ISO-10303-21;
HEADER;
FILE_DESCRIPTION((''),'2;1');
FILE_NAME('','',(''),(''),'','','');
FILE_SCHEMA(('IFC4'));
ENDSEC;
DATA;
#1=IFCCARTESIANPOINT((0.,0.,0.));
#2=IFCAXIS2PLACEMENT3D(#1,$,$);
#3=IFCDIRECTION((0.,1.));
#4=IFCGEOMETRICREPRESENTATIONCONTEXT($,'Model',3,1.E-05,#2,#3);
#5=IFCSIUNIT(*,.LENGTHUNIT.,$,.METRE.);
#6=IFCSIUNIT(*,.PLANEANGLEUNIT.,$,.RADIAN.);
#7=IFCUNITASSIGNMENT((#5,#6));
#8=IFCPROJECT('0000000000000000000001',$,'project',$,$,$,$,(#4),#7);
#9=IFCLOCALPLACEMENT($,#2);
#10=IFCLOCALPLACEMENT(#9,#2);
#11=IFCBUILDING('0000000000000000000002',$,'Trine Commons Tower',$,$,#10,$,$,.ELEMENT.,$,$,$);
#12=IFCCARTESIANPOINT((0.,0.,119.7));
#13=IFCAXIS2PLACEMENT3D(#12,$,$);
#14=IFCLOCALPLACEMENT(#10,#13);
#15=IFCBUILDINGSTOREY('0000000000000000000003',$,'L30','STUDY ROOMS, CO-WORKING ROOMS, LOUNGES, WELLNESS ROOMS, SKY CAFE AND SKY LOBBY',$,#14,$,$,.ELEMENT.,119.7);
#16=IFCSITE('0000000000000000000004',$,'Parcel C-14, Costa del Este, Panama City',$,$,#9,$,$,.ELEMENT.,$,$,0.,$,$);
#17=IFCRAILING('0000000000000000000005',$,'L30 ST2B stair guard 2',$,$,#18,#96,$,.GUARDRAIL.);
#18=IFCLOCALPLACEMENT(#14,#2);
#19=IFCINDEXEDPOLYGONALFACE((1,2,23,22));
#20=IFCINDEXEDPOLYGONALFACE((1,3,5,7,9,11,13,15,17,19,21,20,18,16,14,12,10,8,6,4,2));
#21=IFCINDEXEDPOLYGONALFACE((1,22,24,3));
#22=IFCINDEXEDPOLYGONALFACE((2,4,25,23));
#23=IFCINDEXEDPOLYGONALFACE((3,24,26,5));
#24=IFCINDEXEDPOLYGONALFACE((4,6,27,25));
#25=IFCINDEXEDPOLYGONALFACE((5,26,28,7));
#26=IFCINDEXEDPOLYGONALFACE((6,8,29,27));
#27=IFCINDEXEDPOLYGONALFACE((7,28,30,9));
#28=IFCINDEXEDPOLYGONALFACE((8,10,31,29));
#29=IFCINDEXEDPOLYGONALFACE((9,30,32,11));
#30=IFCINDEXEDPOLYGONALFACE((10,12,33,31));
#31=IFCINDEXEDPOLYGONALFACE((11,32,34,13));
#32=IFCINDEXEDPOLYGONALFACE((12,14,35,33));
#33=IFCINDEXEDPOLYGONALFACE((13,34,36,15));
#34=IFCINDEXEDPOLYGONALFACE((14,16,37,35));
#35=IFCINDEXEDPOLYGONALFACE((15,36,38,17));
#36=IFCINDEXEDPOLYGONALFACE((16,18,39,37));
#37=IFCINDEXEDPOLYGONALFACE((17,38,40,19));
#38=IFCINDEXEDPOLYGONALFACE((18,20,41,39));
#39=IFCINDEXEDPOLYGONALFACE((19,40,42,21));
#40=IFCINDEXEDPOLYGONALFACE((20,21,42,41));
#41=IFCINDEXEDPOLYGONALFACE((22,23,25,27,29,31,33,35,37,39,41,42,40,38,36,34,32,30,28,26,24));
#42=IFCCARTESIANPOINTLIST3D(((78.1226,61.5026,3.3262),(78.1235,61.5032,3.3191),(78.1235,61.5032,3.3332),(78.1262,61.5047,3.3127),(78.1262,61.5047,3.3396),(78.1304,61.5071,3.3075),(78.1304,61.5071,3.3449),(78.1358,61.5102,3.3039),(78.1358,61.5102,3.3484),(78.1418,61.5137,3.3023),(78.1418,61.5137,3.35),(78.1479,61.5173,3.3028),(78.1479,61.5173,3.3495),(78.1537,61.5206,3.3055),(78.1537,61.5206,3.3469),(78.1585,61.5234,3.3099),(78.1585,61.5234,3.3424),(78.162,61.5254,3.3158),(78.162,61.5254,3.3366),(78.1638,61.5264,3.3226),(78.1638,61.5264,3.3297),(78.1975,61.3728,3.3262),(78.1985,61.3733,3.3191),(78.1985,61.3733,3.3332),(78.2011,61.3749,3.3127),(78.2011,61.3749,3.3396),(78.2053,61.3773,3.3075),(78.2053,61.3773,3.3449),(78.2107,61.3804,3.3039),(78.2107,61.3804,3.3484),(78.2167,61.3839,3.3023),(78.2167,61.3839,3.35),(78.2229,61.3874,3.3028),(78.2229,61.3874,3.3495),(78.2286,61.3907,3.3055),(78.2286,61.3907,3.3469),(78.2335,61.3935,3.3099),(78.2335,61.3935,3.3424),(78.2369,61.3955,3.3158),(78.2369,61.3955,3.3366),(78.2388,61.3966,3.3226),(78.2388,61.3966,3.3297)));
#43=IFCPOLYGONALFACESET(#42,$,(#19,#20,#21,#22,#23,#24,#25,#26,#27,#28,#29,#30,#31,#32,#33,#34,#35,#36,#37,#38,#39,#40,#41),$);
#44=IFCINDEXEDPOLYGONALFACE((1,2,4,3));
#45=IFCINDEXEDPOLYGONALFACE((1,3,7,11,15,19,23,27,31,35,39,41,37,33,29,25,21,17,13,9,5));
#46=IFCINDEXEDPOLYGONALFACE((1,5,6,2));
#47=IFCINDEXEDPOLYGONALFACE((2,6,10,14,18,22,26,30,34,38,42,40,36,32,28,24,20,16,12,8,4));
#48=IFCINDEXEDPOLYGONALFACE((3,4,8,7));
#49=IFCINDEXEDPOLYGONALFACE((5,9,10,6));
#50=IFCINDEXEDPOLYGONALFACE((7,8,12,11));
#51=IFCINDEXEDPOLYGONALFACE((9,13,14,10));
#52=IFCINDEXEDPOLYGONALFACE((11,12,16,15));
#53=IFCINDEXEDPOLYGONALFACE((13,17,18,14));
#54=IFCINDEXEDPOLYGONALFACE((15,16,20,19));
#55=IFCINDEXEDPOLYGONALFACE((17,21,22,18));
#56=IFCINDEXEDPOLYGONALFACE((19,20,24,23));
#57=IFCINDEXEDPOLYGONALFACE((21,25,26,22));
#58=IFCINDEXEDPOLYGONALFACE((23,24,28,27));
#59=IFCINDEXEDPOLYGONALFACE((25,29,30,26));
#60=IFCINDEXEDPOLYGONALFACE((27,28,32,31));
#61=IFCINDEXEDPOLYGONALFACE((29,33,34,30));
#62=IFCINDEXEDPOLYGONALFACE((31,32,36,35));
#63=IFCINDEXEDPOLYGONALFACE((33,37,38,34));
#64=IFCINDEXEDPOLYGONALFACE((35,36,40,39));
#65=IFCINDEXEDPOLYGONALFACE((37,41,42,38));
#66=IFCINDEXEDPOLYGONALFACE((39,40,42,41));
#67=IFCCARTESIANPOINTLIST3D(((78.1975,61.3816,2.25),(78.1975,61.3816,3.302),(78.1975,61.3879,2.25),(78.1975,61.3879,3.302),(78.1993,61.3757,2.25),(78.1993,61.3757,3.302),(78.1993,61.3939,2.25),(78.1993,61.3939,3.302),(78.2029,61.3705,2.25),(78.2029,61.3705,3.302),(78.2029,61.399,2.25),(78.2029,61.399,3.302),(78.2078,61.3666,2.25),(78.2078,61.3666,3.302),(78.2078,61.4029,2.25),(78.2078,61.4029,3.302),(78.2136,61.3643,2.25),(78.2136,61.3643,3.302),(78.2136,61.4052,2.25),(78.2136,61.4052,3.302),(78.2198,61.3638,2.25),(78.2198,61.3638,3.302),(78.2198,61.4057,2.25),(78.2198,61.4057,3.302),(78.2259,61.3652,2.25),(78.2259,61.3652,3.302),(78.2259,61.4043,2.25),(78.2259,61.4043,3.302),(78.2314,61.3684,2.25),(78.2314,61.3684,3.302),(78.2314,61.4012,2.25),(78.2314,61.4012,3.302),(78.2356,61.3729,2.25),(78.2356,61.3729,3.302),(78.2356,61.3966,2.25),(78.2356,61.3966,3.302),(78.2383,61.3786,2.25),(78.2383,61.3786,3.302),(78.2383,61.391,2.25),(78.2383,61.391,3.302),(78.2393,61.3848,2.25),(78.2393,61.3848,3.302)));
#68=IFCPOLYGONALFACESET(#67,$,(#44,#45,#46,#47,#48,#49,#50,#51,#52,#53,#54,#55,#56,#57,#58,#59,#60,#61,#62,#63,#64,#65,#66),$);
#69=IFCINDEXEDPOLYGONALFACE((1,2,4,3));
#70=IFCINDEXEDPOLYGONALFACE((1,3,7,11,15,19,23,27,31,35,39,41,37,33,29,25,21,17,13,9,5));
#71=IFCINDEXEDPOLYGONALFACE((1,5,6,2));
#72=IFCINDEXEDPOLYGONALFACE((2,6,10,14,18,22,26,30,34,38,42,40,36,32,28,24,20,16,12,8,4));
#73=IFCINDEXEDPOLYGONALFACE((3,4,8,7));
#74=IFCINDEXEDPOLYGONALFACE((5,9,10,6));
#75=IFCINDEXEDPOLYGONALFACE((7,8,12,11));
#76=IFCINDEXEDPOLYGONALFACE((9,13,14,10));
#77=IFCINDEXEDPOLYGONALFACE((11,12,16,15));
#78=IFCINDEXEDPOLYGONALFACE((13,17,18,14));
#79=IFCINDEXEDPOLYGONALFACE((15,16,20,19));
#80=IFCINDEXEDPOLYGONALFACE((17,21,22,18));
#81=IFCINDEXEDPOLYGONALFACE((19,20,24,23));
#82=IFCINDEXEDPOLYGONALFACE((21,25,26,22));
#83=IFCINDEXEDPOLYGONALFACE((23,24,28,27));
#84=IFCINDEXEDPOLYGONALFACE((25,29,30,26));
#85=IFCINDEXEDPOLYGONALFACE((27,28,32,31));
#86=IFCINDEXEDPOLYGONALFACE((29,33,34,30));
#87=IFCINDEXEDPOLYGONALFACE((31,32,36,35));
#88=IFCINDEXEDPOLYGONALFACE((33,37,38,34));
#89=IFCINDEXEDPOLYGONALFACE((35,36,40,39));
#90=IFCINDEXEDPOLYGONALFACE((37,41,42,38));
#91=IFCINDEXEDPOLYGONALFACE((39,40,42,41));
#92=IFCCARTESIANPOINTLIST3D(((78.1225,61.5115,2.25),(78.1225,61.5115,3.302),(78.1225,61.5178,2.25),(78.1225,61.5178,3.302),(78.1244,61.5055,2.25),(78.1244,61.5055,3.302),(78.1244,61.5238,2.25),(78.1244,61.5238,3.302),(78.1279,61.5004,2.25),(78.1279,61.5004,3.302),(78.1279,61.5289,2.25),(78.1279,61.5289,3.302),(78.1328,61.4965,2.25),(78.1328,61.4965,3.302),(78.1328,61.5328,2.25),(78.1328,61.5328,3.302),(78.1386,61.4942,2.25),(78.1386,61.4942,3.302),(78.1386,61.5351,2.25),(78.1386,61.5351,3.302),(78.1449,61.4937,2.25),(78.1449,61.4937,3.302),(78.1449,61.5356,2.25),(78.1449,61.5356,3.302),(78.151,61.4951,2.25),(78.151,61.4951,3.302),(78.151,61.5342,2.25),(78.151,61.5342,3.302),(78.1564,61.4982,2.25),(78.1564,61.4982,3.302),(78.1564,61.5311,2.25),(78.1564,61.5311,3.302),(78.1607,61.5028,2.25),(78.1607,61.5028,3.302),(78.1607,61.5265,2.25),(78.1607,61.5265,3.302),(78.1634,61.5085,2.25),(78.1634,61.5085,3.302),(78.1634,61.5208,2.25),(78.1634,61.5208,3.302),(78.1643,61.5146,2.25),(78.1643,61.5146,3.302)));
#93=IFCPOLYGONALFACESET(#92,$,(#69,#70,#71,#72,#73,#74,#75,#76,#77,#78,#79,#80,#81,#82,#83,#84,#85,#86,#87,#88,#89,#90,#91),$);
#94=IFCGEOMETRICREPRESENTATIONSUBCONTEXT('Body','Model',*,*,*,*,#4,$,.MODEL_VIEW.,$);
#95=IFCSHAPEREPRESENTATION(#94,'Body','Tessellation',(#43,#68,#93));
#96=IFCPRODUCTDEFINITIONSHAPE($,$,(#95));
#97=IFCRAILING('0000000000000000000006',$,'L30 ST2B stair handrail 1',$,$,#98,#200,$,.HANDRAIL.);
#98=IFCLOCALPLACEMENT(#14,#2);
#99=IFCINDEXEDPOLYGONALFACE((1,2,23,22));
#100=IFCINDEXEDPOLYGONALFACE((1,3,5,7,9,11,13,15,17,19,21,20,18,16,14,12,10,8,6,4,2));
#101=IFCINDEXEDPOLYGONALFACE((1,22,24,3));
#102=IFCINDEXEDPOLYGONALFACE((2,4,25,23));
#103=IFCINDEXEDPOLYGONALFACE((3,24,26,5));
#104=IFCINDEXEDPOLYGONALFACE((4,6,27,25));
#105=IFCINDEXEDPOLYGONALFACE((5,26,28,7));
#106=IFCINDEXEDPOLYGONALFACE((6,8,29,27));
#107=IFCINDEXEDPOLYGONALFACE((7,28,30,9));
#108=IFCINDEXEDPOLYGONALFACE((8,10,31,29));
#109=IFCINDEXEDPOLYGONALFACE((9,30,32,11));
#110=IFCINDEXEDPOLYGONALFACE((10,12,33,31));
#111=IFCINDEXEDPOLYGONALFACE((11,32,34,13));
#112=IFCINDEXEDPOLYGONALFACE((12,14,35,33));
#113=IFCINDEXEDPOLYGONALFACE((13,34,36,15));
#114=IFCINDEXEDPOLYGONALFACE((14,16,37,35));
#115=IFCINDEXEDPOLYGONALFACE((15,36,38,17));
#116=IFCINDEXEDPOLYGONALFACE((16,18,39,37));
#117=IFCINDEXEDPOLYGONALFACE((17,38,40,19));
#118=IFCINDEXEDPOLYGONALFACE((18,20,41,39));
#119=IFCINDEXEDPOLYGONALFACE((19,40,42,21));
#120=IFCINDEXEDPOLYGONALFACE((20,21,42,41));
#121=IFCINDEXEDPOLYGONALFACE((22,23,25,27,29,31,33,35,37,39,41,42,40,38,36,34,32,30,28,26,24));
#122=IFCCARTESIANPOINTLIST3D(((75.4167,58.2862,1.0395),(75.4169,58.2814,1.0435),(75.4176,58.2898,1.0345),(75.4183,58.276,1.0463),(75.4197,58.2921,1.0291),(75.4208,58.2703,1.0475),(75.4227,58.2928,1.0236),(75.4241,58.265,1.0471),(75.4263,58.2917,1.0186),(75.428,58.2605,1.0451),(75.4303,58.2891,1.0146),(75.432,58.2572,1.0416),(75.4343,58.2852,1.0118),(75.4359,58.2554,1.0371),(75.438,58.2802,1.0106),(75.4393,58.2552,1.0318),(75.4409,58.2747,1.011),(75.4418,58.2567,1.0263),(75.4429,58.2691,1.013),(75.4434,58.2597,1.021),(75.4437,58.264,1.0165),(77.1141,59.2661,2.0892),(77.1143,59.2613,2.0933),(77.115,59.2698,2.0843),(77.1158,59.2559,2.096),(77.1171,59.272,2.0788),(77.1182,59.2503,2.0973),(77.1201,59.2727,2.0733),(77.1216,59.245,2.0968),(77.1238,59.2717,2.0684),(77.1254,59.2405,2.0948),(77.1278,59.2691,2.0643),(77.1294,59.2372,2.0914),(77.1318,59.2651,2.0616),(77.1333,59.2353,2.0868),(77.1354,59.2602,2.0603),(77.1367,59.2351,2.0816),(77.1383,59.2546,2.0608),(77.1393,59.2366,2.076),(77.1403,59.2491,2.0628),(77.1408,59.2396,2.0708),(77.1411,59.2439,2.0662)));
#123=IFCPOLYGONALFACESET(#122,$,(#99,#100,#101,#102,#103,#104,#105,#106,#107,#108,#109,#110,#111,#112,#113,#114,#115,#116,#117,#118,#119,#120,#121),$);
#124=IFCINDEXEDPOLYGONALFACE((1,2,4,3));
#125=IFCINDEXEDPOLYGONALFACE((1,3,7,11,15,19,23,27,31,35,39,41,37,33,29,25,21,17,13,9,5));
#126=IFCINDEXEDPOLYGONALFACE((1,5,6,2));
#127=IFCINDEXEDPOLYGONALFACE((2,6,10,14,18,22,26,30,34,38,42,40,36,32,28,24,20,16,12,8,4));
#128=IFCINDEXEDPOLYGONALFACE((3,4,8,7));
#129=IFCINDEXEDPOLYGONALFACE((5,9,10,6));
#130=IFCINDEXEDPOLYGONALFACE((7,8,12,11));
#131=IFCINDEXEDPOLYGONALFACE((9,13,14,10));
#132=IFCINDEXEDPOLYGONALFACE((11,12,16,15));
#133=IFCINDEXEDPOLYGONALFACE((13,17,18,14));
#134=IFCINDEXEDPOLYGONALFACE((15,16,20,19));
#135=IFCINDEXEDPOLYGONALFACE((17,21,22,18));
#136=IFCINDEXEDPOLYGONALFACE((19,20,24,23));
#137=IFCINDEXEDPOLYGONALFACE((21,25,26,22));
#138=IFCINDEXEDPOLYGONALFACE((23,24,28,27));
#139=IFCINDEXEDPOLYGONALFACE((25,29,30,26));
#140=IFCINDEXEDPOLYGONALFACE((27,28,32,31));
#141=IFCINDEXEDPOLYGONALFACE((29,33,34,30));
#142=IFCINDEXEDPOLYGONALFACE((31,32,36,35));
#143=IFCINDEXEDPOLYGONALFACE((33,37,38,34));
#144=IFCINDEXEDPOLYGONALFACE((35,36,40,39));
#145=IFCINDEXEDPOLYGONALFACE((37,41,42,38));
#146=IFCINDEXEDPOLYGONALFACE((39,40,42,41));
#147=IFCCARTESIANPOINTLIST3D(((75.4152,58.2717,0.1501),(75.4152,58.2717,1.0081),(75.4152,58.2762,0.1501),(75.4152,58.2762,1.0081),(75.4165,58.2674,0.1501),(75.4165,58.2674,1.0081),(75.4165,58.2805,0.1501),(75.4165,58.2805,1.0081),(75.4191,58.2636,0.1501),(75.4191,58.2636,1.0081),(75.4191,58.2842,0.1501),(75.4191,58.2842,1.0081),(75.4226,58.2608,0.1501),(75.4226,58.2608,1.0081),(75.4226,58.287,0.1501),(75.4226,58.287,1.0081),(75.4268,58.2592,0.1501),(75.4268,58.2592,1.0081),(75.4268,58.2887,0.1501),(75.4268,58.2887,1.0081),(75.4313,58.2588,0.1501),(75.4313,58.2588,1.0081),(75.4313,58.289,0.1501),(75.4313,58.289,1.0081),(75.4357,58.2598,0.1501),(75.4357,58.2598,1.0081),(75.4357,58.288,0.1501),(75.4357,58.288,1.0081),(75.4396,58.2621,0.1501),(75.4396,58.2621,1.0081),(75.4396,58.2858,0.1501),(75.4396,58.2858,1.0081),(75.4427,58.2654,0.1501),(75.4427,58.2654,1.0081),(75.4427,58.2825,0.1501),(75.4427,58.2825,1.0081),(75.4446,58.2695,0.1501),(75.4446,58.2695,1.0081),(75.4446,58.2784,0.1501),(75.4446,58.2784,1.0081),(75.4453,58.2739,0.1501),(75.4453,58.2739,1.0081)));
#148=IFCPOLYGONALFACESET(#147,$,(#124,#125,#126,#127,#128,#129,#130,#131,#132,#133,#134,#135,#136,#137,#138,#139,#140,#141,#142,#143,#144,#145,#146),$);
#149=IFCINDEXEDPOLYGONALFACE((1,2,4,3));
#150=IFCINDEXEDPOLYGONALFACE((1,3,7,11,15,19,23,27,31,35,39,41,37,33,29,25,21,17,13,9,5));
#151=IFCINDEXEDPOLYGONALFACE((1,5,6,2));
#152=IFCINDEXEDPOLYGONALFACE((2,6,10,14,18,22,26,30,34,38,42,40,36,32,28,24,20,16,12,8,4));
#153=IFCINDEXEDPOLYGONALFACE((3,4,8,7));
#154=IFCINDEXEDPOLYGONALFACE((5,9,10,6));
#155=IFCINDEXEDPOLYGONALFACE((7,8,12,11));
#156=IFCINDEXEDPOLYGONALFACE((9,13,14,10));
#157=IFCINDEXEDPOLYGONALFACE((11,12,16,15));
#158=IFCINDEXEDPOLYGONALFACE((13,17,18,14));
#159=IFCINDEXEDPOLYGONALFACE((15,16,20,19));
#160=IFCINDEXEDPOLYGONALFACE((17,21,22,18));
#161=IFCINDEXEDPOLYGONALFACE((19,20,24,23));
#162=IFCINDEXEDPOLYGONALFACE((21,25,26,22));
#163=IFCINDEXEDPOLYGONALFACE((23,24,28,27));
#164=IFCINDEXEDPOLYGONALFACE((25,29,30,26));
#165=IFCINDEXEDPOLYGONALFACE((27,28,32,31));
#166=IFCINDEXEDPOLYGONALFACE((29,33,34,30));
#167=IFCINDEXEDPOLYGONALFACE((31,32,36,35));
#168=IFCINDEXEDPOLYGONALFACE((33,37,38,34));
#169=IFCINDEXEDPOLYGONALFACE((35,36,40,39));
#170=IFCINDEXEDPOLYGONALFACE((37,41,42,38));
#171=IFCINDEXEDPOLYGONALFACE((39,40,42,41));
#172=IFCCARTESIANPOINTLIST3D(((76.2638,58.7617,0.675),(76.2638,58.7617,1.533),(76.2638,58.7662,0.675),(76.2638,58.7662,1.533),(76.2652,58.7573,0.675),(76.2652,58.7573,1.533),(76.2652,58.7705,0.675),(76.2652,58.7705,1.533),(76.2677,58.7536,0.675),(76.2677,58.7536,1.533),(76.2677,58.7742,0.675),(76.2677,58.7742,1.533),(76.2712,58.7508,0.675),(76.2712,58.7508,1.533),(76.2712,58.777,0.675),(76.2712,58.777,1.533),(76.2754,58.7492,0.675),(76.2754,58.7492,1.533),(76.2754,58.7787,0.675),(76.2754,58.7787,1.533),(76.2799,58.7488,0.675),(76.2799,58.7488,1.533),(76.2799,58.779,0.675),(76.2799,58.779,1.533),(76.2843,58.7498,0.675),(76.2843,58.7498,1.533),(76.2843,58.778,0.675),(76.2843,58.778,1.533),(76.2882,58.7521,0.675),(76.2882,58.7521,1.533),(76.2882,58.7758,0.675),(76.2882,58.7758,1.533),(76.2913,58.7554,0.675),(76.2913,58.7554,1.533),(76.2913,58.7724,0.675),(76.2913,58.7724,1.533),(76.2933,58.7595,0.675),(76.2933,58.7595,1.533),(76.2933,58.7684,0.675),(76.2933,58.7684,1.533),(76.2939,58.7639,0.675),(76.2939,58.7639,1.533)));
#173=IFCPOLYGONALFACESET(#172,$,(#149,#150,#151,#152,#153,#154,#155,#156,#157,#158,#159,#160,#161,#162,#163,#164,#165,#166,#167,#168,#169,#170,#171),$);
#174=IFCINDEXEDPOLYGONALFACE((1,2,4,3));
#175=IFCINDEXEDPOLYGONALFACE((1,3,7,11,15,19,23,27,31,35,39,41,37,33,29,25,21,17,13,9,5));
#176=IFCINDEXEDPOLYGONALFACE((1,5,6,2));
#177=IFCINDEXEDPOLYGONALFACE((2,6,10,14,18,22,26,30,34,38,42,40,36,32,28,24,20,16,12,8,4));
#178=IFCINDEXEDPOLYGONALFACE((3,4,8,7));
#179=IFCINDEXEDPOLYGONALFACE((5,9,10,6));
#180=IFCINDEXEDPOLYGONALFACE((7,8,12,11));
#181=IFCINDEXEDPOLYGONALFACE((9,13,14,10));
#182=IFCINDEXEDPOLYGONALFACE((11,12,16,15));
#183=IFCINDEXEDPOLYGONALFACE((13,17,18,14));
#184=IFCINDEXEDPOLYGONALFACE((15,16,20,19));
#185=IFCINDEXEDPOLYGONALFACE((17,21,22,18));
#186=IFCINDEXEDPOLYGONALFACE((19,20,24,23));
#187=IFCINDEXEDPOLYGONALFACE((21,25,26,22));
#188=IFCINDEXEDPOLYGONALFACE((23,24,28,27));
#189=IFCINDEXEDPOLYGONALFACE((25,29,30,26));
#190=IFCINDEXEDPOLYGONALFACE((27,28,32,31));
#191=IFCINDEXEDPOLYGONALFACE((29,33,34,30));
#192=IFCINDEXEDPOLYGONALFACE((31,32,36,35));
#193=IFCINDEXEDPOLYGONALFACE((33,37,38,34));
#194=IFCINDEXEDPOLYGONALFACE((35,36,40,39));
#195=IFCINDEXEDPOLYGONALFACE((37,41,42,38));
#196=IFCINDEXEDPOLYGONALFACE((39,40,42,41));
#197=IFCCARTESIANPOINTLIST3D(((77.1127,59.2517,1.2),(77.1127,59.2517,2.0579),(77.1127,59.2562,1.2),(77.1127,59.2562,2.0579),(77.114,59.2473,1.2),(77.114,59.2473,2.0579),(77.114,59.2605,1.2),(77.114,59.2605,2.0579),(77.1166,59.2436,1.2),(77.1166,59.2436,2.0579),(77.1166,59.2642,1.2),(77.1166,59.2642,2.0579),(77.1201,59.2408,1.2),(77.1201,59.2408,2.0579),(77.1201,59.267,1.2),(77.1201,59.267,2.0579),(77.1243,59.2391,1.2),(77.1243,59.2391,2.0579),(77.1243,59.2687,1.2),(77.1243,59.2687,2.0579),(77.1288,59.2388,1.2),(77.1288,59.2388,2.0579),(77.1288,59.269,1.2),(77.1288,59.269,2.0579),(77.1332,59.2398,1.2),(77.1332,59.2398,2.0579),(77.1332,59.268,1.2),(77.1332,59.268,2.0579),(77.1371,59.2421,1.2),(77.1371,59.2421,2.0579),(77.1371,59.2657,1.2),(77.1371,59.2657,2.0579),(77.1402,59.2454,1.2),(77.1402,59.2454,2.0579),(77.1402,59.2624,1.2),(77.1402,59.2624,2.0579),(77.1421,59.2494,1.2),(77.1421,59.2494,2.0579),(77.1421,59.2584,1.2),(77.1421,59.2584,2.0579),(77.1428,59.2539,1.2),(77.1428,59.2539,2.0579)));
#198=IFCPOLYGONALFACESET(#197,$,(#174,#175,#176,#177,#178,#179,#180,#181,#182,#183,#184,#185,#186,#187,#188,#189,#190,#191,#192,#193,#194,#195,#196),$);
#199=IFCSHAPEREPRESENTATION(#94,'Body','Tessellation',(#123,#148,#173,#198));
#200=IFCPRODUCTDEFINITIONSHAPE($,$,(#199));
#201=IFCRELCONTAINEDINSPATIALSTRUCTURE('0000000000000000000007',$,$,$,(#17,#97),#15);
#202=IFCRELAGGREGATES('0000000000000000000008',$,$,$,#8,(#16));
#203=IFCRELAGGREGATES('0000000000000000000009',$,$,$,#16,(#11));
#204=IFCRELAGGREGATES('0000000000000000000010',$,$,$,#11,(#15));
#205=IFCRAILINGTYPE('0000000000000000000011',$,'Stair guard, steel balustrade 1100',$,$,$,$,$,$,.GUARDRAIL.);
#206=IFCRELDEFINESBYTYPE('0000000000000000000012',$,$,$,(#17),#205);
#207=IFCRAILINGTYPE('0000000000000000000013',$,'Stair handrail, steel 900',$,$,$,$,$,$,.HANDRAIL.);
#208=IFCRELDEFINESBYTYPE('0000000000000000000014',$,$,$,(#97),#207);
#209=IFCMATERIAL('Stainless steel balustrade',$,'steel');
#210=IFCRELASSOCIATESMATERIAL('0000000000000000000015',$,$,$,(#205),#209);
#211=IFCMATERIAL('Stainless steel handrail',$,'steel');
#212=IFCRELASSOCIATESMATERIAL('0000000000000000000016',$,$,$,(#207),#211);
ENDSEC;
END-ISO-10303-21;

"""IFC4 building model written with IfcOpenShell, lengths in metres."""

from ifc_helpers import new_model, si_unit, direction, frame, origin, origin_2d, place, context, subcontext, project, spatial, circle, extrude, material, type_object, element, save


model = new_model("IFC4")

# Units and contexts
model_context = context("Model", 3, precision=1e-05, world=origin(), true_north=direction((0.0, 1.0)))
body_context = subcontext(model_context, "Body", "Model", "MODEL_VIEW")
ifc_project = project(units=[si_unit("LENGTHUNIT", "METRE"), si_unit("PLANEANGLEUNIT", "RADIAN")], contexts=[model_context])

# Site, building, storey
site_placement = place(None, origin())
site = spatial("IfcSite", under=ifc_project, at=site_placement, Name="Parcel C-14, Costa del Este, Panama City", CompositionType="ELEMENT", RefElevation=0.0)
building_placement = place(site_placement, origin())
building = spatial("IfcBuilding", under=site, at=building_placement, Name="Trine Commons Tower", CompositionType="ELEMENT")
storey_placement = place(building_placement, frame((0.0, 0.0, 119.7)))
storey = spatial("IfcBuildingStorey", under=building, at=storey_placement, Name="L30", Description="STUDY ROOMS, CO-WORKING ROOMS, LOUNGES, WELLNESS ROOMS, SKY CAFE AND SKY LOBBY", CompositionType="ELEMENT", Elevation=119.7)

# Railings
ifc_material_1 = material(Name="Stainless steel balustrade", Category="steel")
railing_type_1 = type_object("IfcRailingType", Name="Stair guard, steel balustrade 1100", PredefinedType="GUARDRAIL", material=ifc_material_1)
railing_1_placement = place(storey_placement, frame((78.2183, 61.3848, 2.25)))
element("IfcRailing", 1, at=railing_1_placement, inside=storey, type_object=railing_type_1, Name="L30 ST2B stair guard 2", PredefinedType="GUARDRAIL", context=body_context, shape_type="SweptSolid", body=[
    extrude(circle(Radius=0.0239, at=origin_2d()), frame((0.0, 0.0, 1.0762), z_axis=(-0.499816, 0.866131, 0.0), x_axis=(-0.866131, -0.499816, 0.0)), (0.0, 0.0, 1.0), 0.1499),
    extrude(circle(Radius=0.021, at=origin_2d()), origin(), (0.0, 0.0, 1.0), 1.052),
    extrude(circle(Radius=0.021, at=origin_2d()), frame((-0.075, 0.1299, 0.0)), (0.0, 0.0, 1.0), 1.052),
])
ifc_material_2 = material(Name="Stainless steel handrail", Category="steel")
railing_type_2 = type_object("IfcRailingType", Name="Stair handrail, steel 900", PredefinedType="HANDRAIL", material=ifc_material_2)
railing_2_placement = place(storey_placement, frame((75.4302, 58.2739, 0.1501)))
element("IfcRailing", 2, at=railing_2_placement, inside=storey, type_object=railing_type_2, Name="L30 ST2B stair handrail 1", PredefinedType="HANDRAIL", context=body_context, shape_type="SweptSolid", body=[
    extrude(circle(Radius=0.021, at=origin_2d()), frame((0.0, 0.0, 0.8789), z_axis=(0.763437, 0.440736, 0.472139), x_axis=(-0.49997, 0.866042, 0.0)), (0.0, 0.0, 1.0), 2.2234),
    extrude(circle(Radius=0.0151, at=origin_2d()), origin(), (0.0, 0.0, 1.0), 0.8579),
    extrude(circle(Radius=0.0151, at=origin_2d()), frame((0.8486, 0.49, 0.5249)), (0.0, 0.0, 1.0), 0.8579),
    extrude(circle(Radius=0.0151, at=origin_2d()), frame((1.6975, 0.98, 1.0498)), (0.0, 0.0, 1.0), 0.8579),
])

save(model, "model.ifc")
